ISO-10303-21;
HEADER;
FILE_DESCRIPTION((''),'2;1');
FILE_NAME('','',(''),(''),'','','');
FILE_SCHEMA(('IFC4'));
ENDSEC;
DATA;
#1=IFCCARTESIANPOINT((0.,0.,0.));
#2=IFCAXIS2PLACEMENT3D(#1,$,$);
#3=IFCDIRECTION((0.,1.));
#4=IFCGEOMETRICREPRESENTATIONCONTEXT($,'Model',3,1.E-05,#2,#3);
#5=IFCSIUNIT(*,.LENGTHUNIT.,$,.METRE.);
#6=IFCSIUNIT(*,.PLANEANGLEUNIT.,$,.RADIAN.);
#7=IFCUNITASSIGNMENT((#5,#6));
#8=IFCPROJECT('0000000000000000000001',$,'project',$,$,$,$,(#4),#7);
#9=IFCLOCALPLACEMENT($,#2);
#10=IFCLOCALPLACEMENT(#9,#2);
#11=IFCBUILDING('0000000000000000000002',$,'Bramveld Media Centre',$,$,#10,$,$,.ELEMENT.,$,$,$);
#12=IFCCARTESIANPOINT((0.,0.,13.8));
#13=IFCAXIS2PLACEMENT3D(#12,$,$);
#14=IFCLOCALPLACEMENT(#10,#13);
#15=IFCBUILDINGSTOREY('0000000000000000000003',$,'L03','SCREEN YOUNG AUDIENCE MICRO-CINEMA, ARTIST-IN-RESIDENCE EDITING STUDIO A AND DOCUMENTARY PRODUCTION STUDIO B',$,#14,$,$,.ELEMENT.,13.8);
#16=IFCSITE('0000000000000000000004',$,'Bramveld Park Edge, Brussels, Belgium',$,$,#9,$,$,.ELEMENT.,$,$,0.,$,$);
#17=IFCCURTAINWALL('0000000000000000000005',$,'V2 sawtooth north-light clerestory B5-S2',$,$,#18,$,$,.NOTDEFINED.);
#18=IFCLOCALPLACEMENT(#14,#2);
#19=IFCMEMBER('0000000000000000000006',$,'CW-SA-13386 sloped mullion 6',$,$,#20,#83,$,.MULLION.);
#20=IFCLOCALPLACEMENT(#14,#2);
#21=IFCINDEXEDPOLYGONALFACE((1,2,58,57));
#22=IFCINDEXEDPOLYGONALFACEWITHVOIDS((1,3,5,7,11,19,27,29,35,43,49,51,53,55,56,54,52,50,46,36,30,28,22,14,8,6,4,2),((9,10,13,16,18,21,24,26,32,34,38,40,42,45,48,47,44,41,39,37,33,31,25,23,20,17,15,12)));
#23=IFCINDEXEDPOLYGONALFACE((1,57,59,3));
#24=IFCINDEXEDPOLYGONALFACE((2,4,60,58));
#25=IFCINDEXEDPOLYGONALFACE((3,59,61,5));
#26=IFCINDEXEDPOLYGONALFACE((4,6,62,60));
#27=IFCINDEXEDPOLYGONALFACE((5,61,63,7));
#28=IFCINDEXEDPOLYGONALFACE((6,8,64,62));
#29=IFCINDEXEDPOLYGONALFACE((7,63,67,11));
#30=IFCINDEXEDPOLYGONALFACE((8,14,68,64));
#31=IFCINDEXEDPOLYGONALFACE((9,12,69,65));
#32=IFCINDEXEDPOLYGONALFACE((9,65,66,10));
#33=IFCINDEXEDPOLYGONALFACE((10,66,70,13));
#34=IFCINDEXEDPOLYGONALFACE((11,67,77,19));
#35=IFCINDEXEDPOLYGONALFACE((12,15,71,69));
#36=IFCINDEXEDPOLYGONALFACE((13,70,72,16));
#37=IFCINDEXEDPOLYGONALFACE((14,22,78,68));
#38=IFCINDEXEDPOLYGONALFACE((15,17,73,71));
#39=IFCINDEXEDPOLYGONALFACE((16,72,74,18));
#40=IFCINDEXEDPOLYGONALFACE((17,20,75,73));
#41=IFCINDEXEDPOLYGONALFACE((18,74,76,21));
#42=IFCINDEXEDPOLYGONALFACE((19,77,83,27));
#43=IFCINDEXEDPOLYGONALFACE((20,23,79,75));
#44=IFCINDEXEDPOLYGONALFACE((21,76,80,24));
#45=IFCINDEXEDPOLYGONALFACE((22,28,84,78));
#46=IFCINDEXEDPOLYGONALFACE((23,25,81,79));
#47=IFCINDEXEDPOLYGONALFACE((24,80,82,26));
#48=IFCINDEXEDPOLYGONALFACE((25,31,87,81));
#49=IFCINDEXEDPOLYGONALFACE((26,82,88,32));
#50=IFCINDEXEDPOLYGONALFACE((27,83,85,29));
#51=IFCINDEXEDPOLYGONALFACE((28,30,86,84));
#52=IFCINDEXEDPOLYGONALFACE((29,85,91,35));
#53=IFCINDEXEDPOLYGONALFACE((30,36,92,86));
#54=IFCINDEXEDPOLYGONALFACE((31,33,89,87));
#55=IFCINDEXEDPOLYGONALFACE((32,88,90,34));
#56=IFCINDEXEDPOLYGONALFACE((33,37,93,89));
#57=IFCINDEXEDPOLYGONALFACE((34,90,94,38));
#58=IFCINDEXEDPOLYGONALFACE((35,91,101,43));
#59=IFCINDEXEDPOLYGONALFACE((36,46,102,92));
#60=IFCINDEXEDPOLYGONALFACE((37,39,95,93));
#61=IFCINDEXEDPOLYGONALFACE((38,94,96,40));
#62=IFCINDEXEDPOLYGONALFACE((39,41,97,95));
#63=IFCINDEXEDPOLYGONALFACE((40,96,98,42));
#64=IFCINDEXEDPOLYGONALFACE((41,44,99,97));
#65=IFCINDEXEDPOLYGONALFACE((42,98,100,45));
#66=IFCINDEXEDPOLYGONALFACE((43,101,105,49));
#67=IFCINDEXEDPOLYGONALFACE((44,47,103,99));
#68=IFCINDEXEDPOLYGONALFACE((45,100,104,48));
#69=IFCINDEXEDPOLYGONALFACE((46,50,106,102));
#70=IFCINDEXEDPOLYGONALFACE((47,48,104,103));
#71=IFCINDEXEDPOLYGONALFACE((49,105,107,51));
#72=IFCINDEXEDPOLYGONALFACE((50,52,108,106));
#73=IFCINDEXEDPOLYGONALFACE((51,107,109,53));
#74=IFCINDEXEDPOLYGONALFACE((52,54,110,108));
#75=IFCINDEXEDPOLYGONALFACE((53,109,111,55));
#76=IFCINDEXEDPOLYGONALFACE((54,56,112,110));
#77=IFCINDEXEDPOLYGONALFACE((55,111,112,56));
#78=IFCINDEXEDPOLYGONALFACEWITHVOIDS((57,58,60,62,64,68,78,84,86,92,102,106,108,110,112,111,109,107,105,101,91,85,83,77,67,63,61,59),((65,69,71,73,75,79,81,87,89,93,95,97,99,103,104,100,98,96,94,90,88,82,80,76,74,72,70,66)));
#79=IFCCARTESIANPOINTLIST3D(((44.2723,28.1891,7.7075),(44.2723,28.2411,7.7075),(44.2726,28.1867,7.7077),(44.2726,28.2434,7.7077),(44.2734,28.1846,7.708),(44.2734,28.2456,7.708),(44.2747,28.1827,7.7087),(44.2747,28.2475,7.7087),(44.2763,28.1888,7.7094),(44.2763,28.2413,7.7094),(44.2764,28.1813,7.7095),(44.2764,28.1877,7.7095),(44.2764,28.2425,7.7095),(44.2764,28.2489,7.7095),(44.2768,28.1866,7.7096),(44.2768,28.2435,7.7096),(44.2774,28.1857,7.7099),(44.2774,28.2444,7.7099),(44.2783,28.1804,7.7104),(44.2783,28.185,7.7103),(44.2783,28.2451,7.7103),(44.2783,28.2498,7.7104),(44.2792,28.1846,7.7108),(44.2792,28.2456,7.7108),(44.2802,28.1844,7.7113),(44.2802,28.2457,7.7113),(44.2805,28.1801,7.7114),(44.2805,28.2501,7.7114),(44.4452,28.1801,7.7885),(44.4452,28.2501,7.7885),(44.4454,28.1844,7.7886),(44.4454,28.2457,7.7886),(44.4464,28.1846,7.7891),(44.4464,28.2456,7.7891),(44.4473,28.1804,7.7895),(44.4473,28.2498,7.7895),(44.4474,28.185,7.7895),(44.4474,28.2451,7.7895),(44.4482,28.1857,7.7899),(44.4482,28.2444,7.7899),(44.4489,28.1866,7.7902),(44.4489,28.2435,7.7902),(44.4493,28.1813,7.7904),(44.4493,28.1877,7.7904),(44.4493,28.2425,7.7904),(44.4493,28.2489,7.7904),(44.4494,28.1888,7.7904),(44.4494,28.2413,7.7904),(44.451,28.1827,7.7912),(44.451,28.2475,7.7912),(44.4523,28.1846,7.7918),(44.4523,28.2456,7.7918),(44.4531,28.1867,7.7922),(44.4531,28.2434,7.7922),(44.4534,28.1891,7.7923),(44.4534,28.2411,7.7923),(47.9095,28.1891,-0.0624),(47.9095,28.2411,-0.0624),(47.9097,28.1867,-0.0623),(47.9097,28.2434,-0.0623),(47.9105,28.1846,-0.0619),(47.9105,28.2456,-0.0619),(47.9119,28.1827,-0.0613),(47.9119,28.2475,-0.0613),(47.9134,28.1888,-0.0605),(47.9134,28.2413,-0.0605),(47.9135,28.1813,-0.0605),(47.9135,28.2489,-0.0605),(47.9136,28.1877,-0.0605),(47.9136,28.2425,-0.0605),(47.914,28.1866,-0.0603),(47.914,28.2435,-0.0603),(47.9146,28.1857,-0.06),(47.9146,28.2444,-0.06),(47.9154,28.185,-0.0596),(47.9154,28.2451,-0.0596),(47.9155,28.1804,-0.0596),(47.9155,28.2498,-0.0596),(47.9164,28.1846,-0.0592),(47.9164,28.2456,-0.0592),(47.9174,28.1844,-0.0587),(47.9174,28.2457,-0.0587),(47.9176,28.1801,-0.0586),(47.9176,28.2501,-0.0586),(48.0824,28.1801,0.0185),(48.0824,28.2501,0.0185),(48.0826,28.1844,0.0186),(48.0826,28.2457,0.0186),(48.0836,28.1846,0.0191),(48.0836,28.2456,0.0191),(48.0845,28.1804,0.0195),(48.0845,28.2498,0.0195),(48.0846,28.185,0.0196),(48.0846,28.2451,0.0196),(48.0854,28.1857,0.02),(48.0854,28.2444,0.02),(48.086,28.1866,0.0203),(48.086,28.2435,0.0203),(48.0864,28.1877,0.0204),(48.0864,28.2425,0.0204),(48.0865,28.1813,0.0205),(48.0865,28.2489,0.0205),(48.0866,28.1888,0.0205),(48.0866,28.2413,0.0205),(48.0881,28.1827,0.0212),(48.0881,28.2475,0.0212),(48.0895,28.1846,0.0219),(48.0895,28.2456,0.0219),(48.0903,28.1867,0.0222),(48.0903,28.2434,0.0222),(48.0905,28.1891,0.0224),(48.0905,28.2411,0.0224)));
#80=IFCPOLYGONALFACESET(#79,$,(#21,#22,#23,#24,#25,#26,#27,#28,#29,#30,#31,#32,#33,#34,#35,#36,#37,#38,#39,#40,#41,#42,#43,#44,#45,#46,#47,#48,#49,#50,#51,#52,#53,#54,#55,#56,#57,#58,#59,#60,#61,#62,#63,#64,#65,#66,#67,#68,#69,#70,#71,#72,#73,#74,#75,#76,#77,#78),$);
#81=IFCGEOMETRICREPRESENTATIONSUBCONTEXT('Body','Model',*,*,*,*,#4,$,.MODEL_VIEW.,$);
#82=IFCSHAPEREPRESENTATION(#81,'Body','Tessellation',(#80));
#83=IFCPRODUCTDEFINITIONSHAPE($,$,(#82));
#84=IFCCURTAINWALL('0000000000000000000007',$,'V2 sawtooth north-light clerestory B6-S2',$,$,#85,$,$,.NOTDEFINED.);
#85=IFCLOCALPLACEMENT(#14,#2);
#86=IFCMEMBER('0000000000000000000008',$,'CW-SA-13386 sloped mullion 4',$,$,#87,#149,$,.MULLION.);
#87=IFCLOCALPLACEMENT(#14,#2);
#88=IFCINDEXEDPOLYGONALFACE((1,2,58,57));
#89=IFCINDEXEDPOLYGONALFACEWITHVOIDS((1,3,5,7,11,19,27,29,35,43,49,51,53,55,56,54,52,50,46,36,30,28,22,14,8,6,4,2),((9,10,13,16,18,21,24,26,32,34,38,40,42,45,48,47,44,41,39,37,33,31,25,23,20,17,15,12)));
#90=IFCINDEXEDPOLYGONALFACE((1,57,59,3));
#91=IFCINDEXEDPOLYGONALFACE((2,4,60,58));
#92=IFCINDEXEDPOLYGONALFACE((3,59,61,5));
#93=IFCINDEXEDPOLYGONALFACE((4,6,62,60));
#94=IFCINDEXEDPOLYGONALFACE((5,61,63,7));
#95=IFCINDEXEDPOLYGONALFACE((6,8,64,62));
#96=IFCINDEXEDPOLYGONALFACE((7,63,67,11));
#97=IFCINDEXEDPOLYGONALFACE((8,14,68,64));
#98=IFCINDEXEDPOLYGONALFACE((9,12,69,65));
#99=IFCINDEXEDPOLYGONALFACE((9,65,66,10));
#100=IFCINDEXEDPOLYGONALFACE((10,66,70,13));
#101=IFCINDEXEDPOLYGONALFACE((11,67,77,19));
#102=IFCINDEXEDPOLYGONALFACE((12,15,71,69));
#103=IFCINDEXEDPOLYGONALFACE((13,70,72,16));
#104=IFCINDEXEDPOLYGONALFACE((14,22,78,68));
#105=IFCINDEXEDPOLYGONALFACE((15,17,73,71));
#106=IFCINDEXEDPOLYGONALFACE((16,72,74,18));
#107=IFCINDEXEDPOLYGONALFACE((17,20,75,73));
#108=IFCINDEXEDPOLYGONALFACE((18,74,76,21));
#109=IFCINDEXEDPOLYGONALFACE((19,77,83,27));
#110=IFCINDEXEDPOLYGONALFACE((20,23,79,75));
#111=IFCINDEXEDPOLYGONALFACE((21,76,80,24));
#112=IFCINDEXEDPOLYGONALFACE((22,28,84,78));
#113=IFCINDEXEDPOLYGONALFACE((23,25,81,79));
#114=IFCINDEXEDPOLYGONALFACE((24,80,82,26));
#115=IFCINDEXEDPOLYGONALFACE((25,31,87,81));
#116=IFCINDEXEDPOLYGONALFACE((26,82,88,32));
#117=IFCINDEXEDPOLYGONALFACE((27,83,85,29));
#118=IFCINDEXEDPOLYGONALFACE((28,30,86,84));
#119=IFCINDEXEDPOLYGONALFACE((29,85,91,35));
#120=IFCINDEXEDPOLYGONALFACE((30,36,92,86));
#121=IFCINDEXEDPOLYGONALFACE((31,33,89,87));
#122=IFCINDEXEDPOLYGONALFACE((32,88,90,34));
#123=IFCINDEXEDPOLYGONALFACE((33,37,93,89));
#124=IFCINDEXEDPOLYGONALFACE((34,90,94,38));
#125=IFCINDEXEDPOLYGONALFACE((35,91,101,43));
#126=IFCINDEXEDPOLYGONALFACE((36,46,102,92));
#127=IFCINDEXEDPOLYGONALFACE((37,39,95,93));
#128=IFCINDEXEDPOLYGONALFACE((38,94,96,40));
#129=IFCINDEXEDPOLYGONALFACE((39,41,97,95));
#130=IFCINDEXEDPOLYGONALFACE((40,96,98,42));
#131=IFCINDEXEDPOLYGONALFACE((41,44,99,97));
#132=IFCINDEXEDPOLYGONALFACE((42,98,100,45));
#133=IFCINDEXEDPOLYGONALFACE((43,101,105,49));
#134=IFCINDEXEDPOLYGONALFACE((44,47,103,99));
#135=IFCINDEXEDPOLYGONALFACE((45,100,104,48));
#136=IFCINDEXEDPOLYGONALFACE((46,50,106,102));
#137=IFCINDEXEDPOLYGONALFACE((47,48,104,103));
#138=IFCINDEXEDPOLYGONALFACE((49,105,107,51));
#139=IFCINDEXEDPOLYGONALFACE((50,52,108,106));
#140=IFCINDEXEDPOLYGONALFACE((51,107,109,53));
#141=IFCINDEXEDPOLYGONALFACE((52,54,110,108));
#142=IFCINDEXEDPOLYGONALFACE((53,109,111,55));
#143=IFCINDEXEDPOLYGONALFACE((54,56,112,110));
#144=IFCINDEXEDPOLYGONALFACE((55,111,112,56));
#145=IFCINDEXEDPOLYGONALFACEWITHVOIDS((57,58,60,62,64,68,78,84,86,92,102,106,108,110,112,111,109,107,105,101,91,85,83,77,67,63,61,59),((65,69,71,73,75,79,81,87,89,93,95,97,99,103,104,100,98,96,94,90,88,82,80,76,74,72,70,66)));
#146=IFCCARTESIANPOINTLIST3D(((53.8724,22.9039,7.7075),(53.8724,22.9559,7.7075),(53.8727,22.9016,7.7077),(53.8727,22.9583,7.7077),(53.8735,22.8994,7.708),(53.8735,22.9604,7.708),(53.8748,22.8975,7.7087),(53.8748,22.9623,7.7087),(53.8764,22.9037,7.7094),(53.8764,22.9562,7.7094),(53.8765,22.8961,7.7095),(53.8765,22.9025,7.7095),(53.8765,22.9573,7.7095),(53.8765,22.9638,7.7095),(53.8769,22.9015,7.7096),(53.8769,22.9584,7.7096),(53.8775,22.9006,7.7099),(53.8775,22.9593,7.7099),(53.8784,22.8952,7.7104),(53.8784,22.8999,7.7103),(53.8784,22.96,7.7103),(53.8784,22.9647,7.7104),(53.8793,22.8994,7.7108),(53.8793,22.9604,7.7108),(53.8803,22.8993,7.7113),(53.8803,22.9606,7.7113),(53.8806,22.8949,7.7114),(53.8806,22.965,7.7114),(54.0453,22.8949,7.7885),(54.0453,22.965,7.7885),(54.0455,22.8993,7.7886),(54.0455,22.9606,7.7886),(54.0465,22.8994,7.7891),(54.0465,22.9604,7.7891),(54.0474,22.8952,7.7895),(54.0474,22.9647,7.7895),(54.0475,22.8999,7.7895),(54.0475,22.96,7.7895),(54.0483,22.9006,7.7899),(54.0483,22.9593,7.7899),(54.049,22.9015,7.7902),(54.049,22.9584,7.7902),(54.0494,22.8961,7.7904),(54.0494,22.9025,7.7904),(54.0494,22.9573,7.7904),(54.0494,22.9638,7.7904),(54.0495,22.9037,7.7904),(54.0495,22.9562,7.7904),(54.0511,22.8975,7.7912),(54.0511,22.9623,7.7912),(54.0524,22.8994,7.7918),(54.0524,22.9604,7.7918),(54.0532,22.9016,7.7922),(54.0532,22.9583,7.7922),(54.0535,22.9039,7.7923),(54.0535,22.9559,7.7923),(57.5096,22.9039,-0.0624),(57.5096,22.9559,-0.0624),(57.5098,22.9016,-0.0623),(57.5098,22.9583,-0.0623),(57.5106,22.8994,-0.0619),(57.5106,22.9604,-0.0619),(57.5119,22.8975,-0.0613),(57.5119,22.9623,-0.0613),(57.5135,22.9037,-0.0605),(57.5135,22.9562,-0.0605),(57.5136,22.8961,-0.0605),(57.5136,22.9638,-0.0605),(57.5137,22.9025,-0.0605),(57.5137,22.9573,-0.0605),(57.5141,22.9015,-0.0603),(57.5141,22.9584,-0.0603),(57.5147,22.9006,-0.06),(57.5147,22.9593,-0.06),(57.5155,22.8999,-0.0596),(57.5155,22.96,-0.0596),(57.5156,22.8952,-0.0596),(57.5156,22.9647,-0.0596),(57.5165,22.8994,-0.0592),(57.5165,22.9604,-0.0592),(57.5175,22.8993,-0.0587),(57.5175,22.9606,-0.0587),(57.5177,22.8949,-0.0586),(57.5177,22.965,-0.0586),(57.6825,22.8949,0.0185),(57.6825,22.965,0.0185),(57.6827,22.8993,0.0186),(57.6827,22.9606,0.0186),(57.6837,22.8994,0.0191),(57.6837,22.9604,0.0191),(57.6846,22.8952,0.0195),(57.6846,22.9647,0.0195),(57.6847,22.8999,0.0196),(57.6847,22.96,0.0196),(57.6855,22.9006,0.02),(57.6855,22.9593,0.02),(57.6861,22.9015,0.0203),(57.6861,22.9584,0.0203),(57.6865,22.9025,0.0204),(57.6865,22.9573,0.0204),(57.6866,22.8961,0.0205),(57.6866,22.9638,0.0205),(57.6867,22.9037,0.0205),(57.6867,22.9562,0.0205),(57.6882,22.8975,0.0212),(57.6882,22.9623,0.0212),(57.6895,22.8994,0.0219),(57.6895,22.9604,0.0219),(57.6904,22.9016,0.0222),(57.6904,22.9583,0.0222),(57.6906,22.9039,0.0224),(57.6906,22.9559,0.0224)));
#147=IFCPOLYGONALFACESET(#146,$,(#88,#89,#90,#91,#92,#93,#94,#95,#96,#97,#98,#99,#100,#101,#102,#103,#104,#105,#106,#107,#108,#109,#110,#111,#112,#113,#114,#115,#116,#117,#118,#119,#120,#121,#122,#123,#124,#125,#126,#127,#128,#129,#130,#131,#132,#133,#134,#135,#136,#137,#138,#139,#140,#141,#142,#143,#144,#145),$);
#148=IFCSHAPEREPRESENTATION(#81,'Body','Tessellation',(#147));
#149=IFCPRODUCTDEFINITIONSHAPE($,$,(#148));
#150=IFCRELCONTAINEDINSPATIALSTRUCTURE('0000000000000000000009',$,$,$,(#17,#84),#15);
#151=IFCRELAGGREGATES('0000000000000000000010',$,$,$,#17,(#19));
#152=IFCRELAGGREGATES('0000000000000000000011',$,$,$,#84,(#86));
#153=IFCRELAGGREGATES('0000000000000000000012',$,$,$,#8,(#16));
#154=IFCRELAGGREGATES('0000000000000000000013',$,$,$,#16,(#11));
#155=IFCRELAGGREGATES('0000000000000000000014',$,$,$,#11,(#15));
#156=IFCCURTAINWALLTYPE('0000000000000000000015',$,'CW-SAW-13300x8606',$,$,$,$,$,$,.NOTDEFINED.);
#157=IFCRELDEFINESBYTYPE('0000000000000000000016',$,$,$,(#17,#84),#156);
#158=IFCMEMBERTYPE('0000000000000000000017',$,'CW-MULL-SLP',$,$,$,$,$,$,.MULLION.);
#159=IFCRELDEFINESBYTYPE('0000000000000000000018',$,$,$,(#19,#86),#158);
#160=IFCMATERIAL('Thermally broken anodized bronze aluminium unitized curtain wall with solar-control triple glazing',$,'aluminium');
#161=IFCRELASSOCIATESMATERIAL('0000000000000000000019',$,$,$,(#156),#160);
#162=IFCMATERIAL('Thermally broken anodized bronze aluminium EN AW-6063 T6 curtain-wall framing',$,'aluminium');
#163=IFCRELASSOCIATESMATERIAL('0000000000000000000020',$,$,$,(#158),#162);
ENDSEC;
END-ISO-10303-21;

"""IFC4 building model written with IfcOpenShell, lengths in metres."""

from ifc_helpers import new_model, si_unit, direction, frame, origin, origin_2d, place, context, subcontext, project, spatial, hollow_rectangle, extrude, material, material_profile, profile_set, type_object, element, aggregate, save


model = new_model("IFC4")

# Units and contexts
model_context = context("Model", 3, precision=1e-05, world=origin(), true_north=direction((0.0, 1.0)))
body_context = subcontext(model_context, "Body", "Model", "MODEL_VIEW")
ifc_project = project(units=[si_unit("LENGTHUNIT", "METRE"), si_unit("PLANEANGLEUNIT", "RADIAN")], contexts=[model_context])

# Site, building, storey
site_placement = place(None, origin())
site = spatial("IfcSite", under=ifc_project, at=site_placement, Name="Bramveld Park Edge, Brussels, Belgium", CompositionType="ELEMENT", RefElevation=0.0)
building_placement = place(site_placement, origin())
building = spatial("IfcBuilding", under=site, at=building_placement, Name="Bramveld Media Centre", CompositionType="ELEMENT")
storey_placement = place(building_placement, frame((0.0, 0.0, 13.8)))
storey = spatial("IfcBuildingStorey", under=building, at=storey_placement, Name="L03", Description="SCREEN YOUNG AUDIENCE MICRO-CINEMA, ARTIST-IN-RESIDENCE EDITING STUDIO A AND DOCUMENTARY PRODUCTION STUDIO B", CompositionType="ELEMENT", Elevation=13.8)

# Curtain walls, members
ifc_material_1 = material(Name="Thermally broken anodized bronze aluminium unitized curtain wall with solar-control triple glazing", Category="aluminium")
curtain_wall_type = type_object("IfcCurtainWallType", Name="CW-SAW-13300x8606", PredefinedType="NOTDEFINED", material=ifc_material_1)
curtain_wall_1_placement = place(storey_placement, origin())
curtain_wall_1 = element("IfcCurtainWall", 1, at=curtain_wall_1_placement, inside=storey, type_object=curtain_wall_type, Name="V2 sawtooth north-light clerestory B5-S2", PredefinedType="NOTDEFINED")
ifc_material_2 = material(Name="Thermally broken anodized bronze aluminium EN AW-6063 T6 curtain-wall framing", Category="aluminium")
ifc_material_profile_1 = material_profile(ifc_material_2, hollow_rectangle(XDim=0.0701, YDim=0.2, WallThickness=0.0044, InnerFilletRadius=0.0044, OuterFilletRadius=0.009, at=origin_2d()), Name="AL-MULL 70x200")
ifc_profile_set_1 = profile_set([ifc_material_profile_1], Name="Thermally broken anodized bronze aluminium EN AW-6063 T6 curtain-wall framing")
member_type_1 = type_object("IfcMemberType", Name="CW-MULL-SLP", PredefinedType="MULLION", material=ifc_profile_set_1)
member_1_placement = place(storey_placement, frame((48.0, 28.2151, -0.02), z_axis=(-0.423957, 0.0, 0.905682), x_axis=(0.0, -1.0, 0.0)))
member_1 = element("IfcMember", 2, at=member_1_placement, type_object=member_type_1, Name="CW-SA-13386 sloped mullion 6", PredefinedType="MULLION", context=body_context, shape_type="SweptSolid", body=[
    extrude(hollow_rectangle(XDim=0.0701, YDim=0.2, WallThickness=0.0044, InnerFilletRadius=0.0044, OuterFilletRadius=0.009, at=origin_2d()), origin(), (0.0, 0.0, 1.0), 8.5791),
])
curtain_wall_2_placement = place(storey_placement, origin())
curtain_wall_2 = element("IfcCurtainWall", 3, at=curtain_wall_2_placement, inside=storey, type_object=curtain_wall_type, Name="V2 sawtooth north-light clerestory B6-S2", PredefinedType="NOTDEFINED")
member_2_placement = place(storey_placement, frame((57.6001, 22.9299, -0.02), z_axis=(-0.423957, 0.0, 0.905682), x_axis=(0.0, -1.0, 0.0)))
member_2 = element("IfcMember", 4, at=member_2_placement, type_object=member_type_1, Name="CW-SA-13386 sloped mullion 4", PredefinedType="MULLION", context=body_context, shape_type="SweptSolid", body=[
    extrude(hollow_rectangle(XDim=0.0701, YDim=0.2, WallThickness=0.0044, InnerFilletRadius=0.0044, OuterFilletRadius=0.009, at=origin_2d()), origin(), (0.0, 0.0, 1.0), 8.5791),
])

aggregate(curtain_wall_1, [member_1])
aggregate(curtain_wall_2, [member_2])

save(model, "model.ifc")
